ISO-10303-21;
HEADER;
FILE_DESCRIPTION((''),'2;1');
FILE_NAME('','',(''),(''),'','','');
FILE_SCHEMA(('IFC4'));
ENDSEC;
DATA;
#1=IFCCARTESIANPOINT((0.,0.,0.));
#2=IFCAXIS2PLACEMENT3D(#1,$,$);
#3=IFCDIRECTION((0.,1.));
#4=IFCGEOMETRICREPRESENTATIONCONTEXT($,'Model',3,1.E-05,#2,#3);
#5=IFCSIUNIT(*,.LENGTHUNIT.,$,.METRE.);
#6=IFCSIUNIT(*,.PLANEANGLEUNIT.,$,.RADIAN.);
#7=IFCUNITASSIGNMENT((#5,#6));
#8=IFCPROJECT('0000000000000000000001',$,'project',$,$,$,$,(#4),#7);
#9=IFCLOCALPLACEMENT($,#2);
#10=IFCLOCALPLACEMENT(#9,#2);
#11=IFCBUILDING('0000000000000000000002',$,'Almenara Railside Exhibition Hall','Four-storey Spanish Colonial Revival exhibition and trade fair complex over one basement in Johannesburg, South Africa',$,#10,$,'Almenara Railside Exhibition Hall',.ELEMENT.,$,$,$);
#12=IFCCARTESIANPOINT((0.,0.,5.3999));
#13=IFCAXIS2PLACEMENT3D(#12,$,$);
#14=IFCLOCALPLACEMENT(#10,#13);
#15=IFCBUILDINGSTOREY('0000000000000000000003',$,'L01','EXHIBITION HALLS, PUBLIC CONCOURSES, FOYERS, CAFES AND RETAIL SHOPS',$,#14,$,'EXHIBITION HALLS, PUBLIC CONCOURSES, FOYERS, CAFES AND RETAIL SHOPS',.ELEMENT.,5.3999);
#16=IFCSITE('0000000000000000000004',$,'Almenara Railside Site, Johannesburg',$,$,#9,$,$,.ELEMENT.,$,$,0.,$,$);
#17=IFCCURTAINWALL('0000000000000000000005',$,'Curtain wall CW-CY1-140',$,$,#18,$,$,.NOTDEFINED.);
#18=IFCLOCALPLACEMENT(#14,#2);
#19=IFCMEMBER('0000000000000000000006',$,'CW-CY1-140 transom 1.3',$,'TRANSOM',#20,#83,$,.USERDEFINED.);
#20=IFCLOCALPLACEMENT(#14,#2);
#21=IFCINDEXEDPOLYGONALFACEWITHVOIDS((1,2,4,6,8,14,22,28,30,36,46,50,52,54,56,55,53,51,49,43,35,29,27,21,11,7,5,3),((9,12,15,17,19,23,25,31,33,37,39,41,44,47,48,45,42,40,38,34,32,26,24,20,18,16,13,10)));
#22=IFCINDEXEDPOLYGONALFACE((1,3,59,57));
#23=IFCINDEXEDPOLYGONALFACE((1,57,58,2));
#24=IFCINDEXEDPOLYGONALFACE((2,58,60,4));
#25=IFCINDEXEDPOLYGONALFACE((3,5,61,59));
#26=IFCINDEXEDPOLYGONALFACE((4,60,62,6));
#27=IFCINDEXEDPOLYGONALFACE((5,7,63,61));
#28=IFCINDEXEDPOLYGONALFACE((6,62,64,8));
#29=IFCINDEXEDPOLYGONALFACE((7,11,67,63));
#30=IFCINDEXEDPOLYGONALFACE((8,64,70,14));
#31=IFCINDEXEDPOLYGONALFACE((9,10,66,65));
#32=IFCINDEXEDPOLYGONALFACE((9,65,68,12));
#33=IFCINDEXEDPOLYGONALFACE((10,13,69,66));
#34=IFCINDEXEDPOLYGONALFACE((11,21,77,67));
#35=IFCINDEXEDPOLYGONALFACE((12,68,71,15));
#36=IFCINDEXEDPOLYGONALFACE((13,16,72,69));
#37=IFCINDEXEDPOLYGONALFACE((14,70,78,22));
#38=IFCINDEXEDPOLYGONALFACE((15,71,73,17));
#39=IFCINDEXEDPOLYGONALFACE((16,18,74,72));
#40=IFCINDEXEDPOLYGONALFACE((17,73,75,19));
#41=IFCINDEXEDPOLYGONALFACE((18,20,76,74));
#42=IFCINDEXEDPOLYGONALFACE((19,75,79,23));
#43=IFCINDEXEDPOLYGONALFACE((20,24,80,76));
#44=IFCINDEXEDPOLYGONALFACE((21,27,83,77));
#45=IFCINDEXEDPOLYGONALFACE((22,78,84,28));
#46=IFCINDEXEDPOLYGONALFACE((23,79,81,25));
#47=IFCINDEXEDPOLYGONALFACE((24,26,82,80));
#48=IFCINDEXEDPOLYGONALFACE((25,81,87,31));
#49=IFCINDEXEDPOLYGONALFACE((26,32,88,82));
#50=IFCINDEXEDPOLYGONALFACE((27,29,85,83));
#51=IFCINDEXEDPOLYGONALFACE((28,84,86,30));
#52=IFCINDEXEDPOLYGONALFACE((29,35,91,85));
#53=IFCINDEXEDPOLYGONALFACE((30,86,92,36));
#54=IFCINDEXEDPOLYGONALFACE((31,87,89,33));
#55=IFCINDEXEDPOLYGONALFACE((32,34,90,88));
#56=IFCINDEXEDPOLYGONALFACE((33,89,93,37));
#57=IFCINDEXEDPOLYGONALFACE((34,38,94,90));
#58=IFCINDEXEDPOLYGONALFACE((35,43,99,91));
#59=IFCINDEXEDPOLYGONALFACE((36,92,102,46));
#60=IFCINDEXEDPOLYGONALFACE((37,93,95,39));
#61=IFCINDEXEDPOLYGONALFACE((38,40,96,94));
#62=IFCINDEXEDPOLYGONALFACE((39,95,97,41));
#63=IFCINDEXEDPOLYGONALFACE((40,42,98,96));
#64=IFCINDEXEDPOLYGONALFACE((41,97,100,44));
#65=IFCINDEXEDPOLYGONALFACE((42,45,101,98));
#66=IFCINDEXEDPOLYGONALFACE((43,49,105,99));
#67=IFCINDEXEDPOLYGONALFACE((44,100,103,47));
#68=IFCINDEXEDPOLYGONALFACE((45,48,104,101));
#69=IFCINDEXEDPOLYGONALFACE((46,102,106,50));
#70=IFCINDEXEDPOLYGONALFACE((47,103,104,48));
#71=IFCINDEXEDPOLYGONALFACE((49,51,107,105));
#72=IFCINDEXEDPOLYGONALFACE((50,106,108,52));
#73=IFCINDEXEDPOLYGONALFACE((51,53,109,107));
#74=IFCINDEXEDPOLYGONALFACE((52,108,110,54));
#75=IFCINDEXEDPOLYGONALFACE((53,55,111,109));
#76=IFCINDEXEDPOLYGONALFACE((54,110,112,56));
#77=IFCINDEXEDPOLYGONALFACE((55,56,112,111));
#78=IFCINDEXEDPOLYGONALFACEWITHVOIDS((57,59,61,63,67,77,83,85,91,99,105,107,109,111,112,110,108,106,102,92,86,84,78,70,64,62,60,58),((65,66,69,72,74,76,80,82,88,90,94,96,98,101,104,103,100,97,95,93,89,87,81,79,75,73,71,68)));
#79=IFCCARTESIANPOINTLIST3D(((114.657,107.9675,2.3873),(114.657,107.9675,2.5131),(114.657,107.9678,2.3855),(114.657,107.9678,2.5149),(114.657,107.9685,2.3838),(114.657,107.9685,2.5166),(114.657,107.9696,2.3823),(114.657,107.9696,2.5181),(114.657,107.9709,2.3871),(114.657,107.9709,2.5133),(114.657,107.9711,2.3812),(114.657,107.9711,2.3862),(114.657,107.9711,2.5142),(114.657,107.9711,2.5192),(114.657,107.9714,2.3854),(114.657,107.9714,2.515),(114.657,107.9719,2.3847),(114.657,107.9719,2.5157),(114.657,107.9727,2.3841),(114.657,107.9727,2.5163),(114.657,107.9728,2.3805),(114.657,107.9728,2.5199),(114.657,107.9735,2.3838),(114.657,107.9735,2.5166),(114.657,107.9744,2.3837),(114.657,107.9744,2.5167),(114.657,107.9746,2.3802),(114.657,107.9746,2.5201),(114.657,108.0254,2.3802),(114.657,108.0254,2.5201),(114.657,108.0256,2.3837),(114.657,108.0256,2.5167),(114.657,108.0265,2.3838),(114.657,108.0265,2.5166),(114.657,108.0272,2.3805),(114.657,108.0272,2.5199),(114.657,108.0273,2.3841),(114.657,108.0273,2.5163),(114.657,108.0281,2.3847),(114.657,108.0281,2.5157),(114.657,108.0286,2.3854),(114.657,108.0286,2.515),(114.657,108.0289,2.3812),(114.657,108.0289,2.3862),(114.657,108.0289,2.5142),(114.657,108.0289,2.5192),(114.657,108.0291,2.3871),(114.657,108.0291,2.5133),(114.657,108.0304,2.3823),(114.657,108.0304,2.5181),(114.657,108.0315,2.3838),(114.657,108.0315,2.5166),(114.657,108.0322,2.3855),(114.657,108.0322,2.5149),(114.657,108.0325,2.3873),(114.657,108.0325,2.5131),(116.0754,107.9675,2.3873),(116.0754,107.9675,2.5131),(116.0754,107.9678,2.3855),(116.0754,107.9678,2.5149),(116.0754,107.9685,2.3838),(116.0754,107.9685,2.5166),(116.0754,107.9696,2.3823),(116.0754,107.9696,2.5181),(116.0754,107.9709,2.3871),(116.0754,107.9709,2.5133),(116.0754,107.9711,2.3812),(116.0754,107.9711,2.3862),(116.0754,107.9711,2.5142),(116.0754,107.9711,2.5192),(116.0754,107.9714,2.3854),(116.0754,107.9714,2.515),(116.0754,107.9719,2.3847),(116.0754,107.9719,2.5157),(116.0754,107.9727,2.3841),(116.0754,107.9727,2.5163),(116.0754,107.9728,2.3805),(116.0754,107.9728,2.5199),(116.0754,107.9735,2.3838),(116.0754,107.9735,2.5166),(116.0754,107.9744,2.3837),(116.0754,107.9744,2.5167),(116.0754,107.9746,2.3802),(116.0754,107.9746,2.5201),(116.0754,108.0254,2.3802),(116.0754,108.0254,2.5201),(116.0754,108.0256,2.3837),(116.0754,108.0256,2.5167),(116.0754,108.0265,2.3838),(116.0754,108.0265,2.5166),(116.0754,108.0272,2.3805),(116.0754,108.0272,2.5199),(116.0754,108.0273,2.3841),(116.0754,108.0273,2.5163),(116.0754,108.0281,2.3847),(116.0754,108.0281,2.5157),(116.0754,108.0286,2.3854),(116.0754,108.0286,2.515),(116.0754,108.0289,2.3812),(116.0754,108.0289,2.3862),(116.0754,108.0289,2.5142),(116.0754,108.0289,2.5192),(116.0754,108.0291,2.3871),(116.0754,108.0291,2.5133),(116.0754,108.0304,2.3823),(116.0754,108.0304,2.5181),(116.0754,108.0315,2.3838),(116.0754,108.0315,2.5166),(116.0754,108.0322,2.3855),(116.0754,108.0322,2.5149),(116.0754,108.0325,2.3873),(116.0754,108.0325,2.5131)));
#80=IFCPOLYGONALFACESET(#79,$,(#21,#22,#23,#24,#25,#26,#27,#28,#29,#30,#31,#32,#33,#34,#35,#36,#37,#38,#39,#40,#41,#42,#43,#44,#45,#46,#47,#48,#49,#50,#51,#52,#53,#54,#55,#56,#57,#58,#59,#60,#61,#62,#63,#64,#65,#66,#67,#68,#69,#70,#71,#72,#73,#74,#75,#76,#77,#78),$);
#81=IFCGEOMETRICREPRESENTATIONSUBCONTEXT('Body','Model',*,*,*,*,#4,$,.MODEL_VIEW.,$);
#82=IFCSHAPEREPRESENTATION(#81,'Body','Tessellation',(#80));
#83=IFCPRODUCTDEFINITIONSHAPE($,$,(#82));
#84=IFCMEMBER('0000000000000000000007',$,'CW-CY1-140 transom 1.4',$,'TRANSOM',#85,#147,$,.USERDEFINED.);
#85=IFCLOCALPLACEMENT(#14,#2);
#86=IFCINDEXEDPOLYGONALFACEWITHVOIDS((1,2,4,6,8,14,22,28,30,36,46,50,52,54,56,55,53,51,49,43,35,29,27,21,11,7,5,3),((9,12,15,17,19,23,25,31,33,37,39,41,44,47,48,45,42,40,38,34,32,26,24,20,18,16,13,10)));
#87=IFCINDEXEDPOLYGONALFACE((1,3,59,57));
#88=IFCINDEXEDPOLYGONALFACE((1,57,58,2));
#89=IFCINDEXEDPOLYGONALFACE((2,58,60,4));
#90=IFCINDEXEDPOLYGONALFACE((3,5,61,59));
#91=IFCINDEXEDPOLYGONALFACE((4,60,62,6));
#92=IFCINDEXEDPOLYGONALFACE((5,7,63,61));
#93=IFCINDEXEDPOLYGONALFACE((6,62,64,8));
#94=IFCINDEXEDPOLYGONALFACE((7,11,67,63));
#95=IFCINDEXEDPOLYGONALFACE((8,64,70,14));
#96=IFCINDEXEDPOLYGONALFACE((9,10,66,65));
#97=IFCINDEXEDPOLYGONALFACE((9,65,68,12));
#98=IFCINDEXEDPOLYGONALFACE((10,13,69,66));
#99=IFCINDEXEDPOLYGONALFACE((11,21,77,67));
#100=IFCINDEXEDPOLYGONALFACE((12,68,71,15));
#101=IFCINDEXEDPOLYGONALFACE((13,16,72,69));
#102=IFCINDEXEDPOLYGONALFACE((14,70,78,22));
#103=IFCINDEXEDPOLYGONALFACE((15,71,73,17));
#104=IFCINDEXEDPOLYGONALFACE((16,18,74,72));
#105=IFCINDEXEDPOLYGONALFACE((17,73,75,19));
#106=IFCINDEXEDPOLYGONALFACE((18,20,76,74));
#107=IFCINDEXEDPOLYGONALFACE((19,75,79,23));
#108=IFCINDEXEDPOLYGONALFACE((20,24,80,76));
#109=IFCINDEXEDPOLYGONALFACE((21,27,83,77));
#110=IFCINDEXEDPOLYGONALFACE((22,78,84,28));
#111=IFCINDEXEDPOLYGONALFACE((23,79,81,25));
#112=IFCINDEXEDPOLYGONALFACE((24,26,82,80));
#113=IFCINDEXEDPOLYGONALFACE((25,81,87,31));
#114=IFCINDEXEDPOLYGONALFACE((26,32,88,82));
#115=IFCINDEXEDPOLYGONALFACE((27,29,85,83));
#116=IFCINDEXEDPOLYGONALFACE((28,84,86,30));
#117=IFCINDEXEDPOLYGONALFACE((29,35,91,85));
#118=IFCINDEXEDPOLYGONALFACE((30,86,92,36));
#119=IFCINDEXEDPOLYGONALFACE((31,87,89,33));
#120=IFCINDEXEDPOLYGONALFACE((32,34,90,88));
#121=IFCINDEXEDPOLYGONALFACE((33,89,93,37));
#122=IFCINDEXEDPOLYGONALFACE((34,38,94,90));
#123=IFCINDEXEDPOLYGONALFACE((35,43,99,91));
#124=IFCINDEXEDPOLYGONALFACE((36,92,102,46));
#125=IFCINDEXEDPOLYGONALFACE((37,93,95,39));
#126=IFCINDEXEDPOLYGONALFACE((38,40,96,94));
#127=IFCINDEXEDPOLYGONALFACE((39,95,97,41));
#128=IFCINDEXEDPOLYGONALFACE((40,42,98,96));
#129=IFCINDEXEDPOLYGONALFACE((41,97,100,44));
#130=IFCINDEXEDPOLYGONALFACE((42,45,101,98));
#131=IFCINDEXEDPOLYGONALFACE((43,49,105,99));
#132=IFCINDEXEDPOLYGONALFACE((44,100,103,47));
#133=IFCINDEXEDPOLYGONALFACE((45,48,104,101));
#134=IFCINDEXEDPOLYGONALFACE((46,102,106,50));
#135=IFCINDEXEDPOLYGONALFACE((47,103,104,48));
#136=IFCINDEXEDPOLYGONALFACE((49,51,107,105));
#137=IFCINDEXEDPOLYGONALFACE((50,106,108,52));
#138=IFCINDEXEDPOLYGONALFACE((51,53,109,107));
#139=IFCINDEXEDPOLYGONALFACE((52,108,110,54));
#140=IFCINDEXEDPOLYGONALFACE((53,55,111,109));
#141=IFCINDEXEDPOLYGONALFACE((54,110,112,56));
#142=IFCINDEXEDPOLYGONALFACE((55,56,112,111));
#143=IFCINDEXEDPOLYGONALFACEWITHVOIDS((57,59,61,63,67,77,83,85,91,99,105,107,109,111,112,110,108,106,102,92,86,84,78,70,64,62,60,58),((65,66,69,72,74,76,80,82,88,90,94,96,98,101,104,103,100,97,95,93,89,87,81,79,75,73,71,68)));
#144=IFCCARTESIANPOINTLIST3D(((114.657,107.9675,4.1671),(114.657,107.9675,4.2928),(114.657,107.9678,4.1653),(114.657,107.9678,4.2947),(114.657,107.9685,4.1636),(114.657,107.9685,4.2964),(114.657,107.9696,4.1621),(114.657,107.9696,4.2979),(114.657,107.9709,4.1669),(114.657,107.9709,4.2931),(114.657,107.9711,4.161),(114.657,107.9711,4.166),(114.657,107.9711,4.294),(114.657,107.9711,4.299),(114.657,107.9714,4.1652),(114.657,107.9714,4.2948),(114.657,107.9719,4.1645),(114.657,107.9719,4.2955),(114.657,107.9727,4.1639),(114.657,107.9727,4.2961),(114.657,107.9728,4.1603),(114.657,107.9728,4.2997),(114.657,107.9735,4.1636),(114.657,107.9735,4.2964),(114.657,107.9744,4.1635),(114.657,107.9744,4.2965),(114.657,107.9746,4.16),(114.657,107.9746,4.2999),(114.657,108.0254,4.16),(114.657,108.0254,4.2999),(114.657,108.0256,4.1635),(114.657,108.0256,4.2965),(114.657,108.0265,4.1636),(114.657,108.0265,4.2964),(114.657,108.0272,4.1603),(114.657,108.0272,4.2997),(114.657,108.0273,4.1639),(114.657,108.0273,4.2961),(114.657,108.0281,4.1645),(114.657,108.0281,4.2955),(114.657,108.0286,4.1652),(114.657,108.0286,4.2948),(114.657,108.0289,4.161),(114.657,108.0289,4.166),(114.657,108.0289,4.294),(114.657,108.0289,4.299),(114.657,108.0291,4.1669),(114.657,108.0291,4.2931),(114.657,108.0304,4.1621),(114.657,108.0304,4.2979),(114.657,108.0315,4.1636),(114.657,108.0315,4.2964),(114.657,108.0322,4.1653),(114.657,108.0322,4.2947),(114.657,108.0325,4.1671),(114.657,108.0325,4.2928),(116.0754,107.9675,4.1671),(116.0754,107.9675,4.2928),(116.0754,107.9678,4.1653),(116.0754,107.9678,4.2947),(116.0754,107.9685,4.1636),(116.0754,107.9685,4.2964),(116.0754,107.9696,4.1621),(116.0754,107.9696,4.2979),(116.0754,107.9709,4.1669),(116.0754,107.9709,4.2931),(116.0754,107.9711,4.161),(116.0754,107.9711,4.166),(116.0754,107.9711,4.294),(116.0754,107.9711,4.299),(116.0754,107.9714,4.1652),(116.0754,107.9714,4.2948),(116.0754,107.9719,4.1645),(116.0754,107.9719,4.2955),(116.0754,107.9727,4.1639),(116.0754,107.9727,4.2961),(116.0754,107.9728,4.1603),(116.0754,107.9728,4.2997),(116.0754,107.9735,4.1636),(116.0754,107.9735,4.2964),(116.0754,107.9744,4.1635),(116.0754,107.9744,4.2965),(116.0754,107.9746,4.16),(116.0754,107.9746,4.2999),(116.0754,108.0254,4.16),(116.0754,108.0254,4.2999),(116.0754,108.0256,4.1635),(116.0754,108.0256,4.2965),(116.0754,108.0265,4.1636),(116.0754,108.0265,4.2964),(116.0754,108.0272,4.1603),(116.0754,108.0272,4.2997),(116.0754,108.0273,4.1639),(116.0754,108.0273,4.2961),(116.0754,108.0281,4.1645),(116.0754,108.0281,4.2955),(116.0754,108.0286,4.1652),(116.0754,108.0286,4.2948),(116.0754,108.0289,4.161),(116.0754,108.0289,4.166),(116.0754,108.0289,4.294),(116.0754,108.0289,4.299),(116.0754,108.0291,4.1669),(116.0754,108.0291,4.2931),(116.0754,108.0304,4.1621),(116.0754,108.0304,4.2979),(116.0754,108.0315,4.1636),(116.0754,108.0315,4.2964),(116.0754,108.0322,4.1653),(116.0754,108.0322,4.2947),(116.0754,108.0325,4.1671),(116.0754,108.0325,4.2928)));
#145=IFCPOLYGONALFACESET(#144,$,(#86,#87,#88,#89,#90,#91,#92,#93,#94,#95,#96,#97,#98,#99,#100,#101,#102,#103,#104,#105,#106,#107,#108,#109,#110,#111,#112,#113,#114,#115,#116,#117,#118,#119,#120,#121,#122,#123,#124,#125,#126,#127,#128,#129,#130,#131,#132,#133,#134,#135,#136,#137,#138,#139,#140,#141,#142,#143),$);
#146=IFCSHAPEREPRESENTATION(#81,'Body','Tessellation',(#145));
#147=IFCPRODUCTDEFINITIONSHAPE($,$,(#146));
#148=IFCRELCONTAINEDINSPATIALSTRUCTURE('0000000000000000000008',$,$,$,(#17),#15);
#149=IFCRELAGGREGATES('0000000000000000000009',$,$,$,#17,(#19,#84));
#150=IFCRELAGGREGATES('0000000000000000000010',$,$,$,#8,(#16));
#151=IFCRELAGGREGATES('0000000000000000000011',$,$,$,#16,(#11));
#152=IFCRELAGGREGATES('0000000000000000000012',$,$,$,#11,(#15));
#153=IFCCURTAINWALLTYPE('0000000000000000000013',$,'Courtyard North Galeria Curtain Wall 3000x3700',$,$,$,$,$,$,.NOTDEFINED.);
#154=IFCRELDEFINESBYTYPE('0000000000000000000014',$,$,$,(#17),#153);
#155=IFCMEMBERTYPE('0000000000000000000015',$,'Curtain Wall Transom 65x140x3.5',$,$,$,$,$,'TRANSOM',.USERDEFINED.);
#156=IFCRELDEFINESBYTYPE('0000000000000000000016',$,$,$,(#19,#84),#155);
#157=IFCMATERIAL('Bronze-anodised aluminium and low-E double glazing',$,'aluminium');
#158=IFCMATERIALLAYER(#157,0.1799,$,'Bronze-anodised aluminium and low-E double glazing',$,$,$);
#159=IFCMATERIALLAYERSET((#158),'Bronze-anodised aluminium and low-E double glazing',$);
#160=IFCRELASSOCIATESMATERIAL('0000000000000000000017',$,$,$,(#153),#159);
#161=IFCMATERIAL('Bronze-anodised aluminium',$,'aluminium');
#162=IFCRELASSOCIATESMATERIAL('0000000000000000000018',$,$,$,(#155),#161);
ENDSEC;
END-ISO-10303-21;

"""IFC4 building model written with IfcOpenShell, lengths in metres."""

from ifc_helpers import new_model, si_unit, direction, frame, origin, origin_2d, place, context, subcontext, project, spatial, hollow_rectangle, extrude, material, layer, layer_set, material_profile, profile_set, type_object, element, aggregate, save


model = new_model("IFC4")

# Units and contexts
model_context = context("Model", 3, precision=1e-05, world=origin(), true_north=direction((0.0, 1.0)))
body_context = subcontext(model_context, "Body", "Model", "MODEL_VIEW")
ifc_project = project(units=[si_unit("LENGTHUNIT", "METRE"), si_unit("PLANEANGLEUNIT", "RADIAN")], contexts=[model_context])

# Site, building, storey
site_placement = place(None, origin())
site = spatial("IfcSite", under=ifc_project, at=site_placement, Name="Almenara Railside Site, Johannesburg", CompositionType="ELEMENT", RefElevation=0.0)
building_placement = place(site_placement, origin())
building = spatial("IfcBuilding", under=site, at=building_placement, Name="Almenara Railside Exhibition Hall", Description="Four-storey Spanish Colonial Revival exhibition and trade fair complex over one basement in Johannesburg, South Africa", LongName="Almenara Railside Exhibition Hall", CompositionType="ELEMENT")
storey_placement = place(building_placement, frame((0.0, 0.0, 5.3999)))
storey = spatial("IfcBuildingStorey", under=building, at=storey_placement, Name="L01", Description="EXHIBITION HALLS, PUBLIC CONCOURSES, FOYERS, CAFES AND RETAIL SHOPS", LongName="EXHIBITION HALLS, PUBLIC CONCOURSES, FOYERS, CAFES AND RETAIL SHOPS", CompositionType="ELEMENT", Elevation=5.3999)

# Curtain wall
ifc_material_1 = material(Name="Bronze-anodised aluminium and low-E double glazing", Category="aluminium")
ifc_layer_1 = layer(ifc_material_1, 0.1799, Name="Bronze-anodised aluminium and low-E double glazing")
ifc_layer_set_1 = layer_set([ifc_layer_1], Name="Bronze-anodised aluminium and low-E double glazing")
curtain_wall_type = type_object("IfcCurtainWallType", Name="Courtyard North Galeria Curtain Wall 3000x3700", PredefinedType="NOTDEFINED", material=ifc_layer_set_1)
curtain_wall_1_placement = place(storey_placement, origin())
curtain_wall_1 = element("IfcCurtainWall", 1, at=curtain_wall_1_placement, inside=storey, type_object=curtain_wall_type, Name="Curtain wall CW-CY1-140", PredefinedType="NOTDEFINED")
ifc_material_2 = material(Name="Bronze-anodised aluminium", Category="aluminium")

# Members
ifc_material_profile_1 = material_profile(ifc_material_2, hollow_rectangle(XDim=0.0649, YDim=0.1399, WallThickness=0.0034, InnerFilletRadius=0.0034, OuterFilletRadius=0.0071, at=origin_2d()), Name="ALU-TRN 65x140x3.5")
ifc_profile_set_1 = profile_set([ifc_material_profile_1], Name="Bronze-anodised aluminium")
member_type_1 = type_object("IfcMemberType", Name="Curtain Wall Transom 65x140x3.5", ElementType="TRANSOM", PredefinedType="USERDEFINED", material=ifc_profile_set_1)
member_1_placement = place(storey_placement, frame((114.657, 108.0, 2.4502), z_axis=(1.0, 0.0, 0.0), x_axis=(0.0, 1.0, 0.0)))
member_1 = element("IfcMember", 2, at=member_1_placement, type_object=member_type_1, Name="CW-CY1-140 transom 1.3", ObjectType="TRANSOM", PredefinedType="USERDEFINED", context=body_context, shape_type="SweptSolid", body=[
    extrude(hollow_rectangle(XDim=0.0649, YDim=0.1399, WallThickness=0.0034, InnerFilletRadius=0.0034, OuterFilletRadius=0.0071, at=origin_2d()), origin(), (0.0, 0.0, 1.0), 1.4185),
])
member_2_placement = place(storey_placement, frame((114.657, 108.0, 4.23), z_axis=(1.0, 0.0, 0.0), x_axis=(0.0, 1.0, 0.0)))
member_2 = element("IfcMember", 3, at=member_2_placement, type_object=member_type_1, Name="CW-CY1-140 transom 1.4", ObjectType="TRANSOM", PredefinedType="USERDEFINED", context=body_context, shape_type="SweptSolid", body=[
    extrude(hollow_rectangle(XDim=0.0649, YDim=0.1399, WallThickness=0.0034, InnerFilletRadius=0.0034, OuterFilletRadius=0.0071, at=origin_2d()), origin(), (0.0, 0.0, 1.0), 1.4185),
])
aggregate(curtain_wall_1, [member_1, member_2])

save(model, "model.ifc")
